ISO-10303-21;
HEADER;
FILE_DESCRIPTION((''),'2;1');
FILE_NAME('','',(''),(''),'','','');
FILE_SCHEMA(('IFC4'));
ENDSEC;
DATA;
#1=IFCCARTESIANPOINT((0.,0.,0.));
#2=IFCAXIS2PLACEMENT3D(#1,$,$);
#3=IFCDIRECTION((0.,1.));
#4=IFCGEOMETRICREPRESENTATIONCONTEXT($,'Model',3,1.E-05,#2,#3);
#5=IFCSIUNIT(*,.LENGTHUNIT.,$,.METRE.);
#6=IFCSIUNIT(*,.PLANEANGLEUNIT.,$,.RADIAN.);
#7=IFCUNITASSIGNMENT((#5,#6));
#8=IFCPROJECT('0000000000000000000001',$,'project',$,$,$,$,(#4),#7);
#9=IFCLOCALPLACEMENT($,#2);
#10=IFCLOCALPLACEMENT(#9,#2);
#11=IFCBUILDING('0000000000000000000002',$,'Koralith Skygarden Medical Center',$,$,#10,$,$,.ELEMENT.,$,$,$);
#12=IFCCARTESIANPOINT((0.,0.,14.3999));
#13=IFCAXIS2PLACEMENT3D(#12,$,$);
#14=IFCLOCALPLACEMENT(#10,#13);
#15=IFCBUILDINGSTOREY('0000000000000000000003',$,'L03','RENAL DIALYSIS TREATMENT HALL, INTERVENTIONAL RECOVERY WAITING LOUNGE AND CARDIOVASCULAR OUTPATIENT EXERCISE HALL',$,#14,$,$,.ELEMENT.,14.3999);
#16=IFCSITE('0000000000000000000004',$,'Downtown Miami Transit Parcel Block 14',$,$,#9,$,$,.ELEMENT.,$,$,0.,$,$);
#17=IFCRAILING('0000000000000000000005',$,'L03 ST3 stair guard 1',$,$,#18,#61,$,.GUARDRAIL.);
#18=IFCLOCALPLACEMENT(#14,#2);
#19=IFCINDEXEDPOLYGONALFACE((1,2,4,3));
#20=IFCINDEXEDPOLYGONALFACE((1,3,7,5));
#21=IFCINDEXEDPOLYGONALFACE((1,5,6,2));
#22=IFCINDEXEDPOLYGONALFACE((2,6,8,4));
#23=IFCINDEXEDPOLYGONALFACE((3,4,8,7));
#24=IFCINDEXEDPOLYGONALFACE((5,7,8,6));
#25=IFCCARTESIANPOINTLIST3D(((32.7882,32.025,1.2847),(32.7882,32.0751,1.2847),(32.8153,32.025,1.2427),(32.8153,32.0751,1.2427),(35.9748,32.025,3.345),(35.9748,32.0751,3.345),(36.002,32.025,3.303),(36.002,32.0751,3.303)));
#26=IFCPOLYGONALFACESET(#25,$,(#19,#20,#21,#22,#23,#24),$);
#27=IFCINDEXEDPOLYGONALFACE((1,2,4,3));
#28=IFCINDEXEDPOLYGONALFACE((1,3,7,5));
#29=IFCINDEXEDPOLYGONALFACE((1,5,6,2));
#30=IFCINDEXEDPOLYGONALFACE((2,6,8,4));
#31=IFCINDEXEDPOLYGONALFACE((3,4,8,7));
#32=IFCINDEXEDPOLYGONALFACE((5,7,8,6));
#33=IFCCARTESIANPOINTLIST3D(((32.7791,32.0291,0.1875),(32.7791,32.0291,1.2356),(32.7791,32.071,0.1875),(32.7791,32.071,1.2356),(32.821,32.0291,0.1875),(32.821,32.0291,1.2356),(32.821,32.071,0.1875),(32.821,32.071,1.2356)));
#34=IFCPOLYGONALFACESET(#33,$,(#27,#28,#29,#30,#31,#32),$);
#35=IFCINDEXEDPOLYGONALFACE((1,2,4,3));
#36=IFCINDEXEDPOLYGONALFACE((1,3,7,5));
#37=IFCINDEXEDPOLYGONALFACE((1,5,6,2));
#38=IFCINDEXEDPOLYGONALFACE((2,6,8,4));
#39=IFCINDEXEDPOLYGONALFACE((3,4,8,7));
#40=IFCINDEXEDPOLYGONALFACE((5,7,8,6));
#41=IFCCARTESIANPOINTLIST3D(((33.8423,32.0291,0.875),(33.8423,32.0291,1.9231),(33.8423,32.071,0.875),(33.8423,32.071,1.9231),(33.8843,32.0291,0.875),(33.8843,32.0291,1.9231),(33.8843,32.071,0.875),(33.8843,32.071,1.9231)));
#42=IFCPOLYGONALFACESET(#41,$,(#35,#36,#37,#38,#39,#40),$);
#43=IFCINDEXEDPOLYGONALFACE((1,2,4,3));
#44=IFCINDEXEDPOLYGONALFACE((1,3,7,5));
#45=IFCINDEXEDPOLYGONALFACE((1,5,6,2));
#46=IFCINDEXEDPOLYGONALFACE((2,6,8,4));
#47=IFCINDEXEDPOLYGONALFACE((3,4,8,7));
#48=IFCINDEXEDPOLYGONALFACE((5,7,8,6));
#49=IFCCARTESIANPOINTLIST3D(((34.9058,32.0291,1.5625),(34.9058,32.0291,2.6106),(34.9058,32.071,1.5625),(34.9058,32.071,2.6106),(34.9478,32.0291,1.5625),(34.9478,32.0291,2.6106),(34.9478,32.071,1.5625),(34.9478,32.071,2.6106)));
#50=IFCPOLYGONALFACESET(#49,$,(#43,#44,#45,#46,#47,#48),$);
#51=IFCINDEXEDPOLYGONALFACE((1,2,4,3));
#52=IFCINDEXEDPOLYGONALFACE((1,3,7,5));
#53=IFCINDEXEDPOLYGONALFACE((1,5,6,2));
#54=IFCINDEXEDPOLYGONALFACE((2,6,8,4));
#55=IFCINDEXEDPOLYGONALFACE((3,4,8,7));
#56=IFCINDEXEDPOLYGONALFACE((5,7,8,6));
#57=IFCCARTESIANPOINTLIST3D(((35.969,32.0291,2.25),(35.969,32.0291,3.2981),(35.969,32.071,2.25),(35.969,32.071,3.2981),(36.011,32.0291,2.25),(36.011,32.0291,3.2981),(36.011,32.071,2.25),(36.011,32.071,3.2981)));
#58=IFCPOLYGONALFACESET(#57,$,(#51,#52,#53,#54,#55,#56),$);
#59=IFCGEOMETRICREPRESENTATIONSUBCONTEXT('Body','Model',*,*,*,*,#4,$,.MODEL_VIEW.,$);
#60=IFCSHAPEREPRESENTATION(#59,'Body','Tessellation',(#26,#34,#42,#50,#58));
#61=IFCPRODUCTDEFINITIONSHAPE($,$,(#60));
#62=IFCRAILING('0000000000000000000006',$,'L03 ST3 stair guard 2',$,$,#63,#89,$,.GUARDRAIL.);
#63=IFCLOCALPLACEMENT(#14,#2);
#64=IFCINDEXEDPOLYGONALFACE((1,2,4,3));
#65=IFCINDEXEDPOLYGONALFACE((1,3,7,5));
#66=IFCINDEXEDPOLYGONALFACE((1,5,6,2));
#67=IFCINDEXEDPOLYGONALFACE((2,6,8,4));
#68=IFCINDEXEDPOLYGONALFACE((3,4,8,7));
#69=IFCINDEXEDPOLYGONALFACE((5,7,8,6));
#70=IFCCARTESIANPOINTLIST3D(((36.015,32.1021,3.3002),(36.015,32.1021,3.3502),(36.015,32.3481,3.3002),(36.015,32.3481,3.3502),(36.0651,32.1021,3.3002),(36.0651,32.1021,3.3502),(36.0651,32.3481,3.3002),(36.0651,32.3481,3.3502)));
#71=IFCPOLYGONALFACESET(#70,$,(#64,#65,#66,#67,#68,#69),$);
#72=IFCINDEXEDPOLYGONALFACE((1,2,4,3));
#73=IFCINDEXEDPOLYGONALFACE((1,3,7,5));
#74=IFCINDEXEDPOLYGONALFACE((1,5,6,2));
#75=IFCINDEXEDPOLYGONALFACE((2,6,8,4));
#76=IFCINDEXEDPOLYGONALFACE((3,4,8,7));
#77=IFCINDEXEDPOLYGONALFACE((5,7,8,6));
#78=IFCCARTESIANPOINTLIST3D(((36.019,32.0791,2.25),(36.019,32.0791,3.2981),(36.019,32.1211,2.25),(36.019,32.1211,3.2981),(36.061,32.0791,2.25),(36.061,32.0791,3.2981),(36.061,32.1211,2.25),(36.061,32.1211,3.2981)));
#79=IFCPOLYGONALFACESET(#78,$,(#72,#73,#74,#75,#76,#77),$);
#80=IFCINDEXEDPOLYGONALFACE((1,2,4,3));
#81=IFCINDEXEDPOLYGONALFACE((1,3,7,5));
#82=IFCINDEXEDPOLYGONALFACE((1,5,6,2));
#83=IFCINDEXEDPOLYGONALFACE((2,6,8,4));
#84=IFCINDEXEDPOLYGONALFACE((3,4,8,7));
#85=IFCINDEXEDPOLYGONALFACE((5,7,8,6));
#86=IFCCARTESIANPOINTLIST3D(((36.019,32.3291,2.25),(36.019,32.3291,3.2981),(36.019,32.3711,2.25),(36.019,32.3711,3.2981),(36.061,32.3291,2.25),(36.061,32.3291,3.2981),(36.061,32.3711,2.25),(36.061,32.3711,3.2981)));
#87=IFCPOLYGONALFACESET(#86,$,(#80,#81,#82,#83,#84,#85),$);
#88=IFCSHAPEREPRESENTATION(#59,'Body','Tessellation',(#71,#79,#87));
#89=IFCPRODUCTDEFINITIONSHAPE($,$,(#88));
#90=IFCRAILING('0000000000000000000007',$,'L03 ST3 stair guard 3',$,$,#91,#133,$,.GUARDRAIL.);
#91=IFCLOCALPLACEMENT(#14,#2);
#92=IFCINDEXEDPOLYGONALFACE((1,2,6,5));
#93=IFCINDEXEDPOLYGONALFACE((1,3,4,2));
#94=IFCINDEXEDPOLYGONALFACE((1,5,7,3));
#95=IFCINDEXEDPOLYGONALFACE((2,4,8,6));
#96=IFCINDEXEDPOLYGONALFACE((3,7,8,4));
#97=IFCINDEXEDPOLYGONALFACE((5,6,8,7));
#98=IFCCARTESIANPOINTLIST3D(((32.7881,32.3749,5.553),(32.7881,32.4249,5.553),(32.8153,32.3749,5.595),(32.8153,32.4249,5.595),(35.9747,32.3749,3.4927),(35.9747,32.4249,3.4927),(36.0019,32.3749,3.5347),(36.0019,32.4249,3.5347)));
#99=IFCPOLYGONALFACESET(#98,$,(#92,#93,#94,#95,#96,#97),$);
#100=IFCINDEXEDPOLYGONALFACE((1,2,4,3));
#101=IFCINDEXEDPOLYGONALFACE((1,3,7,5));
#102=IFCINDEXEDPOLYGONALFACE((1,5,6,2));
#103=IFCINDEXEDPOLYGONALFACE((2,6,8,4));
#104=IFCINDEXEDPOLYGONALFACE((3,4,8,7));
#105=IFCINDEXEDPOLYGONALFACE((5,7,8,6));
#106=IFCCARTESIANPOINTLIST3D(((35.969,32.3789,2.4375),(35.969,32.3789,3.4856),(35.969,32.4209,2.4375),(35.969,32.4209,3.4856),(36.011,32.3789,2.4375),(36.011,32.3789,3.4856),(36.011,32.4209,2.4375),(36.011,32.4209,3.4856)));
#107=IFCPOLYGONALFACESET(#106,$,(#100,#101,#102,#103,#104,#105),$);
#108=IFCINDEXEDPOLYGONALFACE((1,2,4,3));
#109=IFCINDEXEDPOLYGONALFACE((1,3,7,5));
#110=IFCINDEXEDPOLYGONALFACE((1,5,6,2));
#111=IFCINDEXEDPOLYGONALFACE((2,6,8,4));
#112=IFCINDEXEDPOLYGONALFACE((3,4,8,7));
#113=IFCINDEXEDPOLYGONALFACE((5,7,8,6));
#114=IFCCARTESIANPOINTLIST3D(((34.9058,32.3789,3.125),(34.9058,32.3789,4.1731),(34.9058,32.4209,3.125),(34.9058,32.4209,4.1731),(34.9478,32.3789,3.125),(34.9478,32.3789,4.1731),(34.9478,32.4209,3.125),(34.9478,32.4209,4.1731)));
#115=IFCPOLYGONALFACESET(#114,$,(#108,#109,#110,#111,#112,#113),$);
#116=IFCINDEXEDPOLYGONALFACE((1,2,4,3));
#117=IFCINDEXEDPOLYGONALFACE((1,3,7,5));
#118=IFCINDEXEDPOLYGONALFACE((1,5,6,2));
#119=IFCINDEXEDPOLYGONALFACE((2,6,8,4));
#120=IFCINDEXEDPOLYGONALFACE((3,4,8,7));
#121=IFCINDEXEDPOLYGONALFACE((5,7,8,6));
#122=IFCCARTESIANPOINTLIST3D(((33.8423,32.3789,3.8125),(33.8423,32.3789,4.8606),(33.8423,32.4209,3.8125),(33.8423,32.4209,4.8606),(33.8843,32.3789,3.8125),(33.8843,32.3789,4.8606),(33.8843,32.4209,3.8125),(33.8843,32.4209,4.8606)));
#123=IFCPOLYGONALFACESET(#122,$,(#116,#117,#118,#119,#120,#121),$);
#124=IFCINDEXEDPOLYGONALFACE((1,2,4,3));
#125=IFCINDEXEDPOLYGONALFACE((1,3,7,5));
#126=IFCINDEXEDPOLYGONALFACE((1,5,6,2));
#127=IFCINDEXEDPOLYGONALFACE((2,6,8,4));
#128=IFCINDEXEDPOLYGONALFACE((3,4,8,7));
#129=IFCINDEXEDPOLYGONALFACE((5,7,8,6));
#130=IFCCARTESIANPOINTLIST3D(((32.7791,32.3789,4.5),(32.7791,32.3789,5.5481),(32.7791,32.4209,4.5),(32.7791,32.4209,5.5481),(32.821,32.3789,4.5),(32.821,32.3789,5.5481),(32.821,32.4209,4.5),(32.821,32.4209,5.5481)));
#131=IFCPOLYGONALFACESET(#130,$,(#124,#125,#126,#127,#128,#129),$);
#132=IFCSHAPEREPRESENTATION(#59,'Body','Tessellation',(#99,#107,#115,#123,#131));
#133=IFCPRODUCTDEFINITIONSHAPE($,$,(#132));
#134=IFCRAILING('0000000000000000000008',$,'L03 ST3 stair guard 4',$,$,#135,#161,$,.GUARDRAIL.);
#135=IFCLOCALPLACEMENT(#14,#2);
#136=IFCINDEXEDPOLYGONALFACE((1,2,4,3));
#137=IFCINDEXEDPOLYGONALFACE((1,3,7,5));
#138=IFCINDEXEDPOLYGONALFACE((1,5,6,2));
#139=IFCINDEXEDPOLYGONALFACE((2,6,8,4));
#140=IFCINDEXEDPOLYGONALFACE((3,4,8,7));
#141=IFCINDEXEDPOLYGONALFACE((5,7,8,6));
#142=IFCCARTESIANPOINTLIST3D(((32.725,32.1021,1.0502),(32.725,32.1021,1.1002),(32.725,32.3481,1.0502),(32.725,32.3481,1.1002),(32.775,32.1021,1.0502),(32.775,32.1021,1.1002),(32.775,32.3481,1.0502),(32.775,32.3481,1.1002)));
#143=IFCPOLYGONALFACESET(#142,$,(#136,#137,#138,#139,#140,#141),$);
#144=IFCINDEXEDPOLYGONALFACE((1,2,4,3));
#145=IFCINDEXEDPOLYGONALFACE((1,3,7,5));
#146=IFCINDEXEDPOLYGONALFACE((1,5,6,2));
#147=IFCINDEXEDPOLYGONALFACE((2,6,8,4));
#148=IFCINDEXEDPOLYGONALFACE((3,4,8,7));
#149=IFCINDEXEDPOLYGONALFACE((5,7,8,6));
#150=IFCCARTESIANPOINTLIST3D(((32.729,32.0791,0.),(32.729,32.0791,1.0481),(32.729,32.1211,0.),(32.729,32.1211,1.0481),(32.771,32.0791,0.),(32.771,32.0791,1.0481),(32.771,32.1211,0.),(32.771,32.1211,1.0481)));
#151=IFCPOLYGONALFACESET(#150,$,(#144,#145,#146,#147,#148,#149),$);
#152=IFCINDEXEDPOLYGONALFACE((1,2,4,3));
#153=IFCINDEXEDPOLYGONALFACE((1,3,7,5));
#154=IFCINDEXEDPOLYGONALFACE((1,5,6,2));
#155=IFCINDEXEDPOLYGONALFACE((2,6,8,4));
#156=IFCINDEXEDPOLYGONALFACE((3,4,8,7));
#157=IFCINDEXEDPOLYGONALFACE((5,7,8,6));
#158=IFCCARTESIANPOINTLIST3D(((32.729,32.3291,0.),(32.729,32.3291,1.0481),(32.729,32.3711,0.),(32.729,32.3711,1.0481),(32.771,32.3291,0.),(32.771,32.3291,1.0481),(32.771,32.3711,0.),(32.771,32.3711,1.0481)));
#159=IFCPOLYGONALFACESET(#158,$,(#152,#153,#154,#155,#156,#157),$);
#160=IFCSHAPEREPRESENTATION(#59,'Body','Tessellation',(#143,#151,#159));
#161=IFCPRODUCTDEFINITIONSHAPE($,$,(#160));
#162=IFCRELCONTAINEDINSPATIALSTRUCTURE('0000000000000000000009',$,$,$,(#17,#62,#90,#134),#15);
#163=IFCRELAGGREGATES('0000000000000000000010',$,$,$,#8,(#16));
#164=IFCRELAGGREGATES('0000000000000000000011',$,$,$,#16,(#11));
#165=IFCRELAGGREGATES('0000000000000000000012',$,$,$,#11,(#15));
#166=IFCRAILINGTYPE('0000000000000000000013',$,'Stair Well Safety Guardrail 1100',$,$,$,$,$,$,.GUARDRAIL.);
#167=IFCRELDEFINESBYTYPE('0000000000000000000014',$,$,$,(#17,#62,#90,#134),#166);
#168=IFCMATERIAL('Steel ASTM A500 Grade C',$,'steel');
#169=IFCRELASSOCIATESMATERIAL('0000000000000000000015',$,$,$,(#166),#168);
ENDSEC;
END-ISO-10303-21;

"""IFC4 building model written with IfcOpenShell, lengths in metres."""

from ifc_helpers import new_model, si_unit, direction, frame, origin, origin_2d, place, context, subcontext, project, spatial, rectangle, extrude, material, type_object, element, save


model = new_model("IFC4")

# Units and contexts
model_context = context("Model", 3, precision=1e-05, world=origin(), true_north=direction((0.0, 1.0)))
body_context = subcontext(model_context, "Body", "Model", "MODEL_VIEW")
ifc_project = project(units=[si_unit("LENGTHUNIT", "METRE"), si_unit("PLANEANGLEUNIT", "RADIAN")], contexts=[model_context])

# Site, building, storey
site_placement = place(None, origin())
site = spatial("IfcSite", under=ifc_project, at=site_placement, Name="Downtown Miami Transit Parcel Block 14", CompositionType="ELEMENT", RefElevation=0.0)
building_placement = place(site_placement, origin())
building = spatial("IfcBuilding", under=site, at=building_placement, Name="Koralith Skygarden Medical Center", CompositionType="ELEMENT")
storey_placement = place(building_placement, frame((0.0, 0.0, 14.3999)))
storey = spatial("IfcBuildingStorey", under=building, at=storey_placement, Name="L03", Description="RENAL DIALYSIS TREATMENT HALL, INTERVENTIONAL RECOVERY WAITING LOUNGE AND CARDIOVASCULAR OUTPATIENT EXERCISE HALL", CompositionType="ELEMENT", Elevation=14.3999)

# Railings
ifc_material_1 = material(Name="Steel ASTM A500 Grade C", Category="steel")
railing_type_1 = type_object("IfcRailingType", Name="Stair Well Safety Guardrail 1100", PredefinedType="GUARDRAIL", material=ifc_material_1)
railing_1_placement = place(storey_placement, frame((32.8, 32.05, 0.1875)))
element("IfcRailing", 1, at=railing_1_placement, inside=storey, type_object=railing_type_1, Name="L03 ST3 stair guard 1", PredefinedType="GUARDRAIL", context=body_context, shape_type="SweptSolid", body=[
    extrude(rectangle(XDim=0.05, YDim=0.05, at=origin_2d()), frame((0.0017, 0.0, 1.0762), z_axis=(0.83976, 0.0, 0.542958), x_axis=(0.0, 1.0, 0.0)), (0.0, 0.0, 1.0), 3.7947),
    extrude(rectangle(XDim=0.042, YDim=0.042, at=origin_2d()), origin(), (0.0, 0.0, 1.0), 1.0481),
    extrude(rectangle(XDim=0.042, YDim=0.042, at=origin_2d()), frame((1.0632, 0.0, 0.6875)), (0.0, 0.0, 1.0), 1.0481),
    extrude(rectangle(XDim=0.042, YDim=0.042, at=origin_2d()), frame((2.1267, 0.0, 1.375)), (0.0, 0.0, 1.0), 1.0481),
    extrude(rectangle(XDim=0.042, YDim=0.042, at=origin_2d()), frame((3.1899, 0.0, 2.0625)), (0.0, 0.0, 1.0), 1.0481),
])
railing_2_placement = place(storey_placement, frame((36.04, 32.1001, 2.25)))
element("IfcRailing", 2, at=railing_2_placement, inside=storey, type_object=railing_type_1, Name="L03 ST3 stair guard 2", PredefinedType="GUARDRAIL", context=body_context, shape_type="SweptSolid", body=[
    extrude(rectangle(XDim=0.05, YDim=0.05, at=origin_2d()), frame((0.0, 0.002, 1.0752), z_axis=(0.0, 1.0, 0.0), x_axis=(-1.0, 0.0, 0.0)), (0.0, 0.0, 1.0), 0.2461),
    extrude(rectangle(XDim=0.042, YDim=0.042, at=origin_2d()), origin(), (0.0, 0.0, 1.0), 1.0481),
    extrude(rectangle(XDim=0.042, YDim=0.042, at=origin_2d()), frame((0.0, 0.25, 0.0)), (0.0, 0.0, 1.0), 1.0481),
])
railing_3_placement = place(storey_placement, frame((35.99, 32.3999, 2.4375)))
element("IfcRailing", 3, at=railing_3_placement, inside=storey, type_object=railing_type_1, Name="L03 ST3 stair guard 3", PredefinedType="GUARDRAIL", context=body_context, shape_type="SweptSolid", body=[
    extrude(rectangle(XDim=0.05, YDim=0.05, at=origin_2d()), frame((-0.0017, 0.0, 1.0762), z_axis=(-0.83976, 0.0, 0.542958), x_axis=(0.0, -1.0, 0.0)), (0.0, 0.0, 1.0), 3.7947),
    extrude(rectangle(XDim=0.042, YDim=0.042, at=origin_2d()), origin(), (0.0, 0.0, 1.0), 1.0481),
    extrude(rectangle(XDim=0.042, YDim=0.042, at=origin_2d()), frame((-1.0632, 0.0, 0.6875)), (0.0, 0.0, 1.0), 1.0481),
    extrude(rectangle(XDim=0.042, YDim=0.042, at=origin_2d()), frame((-2.1267, 0.0, 1.375)), (0.0, 0.0, 1.0), 1.0481),
    extrude(rectangle(XDim=0.042, YDim=0.042, at=origin_2d()), frame((-3.1899, 0.0, 2.0625)), (0.0, 0.0, 1.0), 1.0481),
])
railing_4_placement = place(storey_placement, frame((32.75, 32.1001, 0.0)))
element("IfcRailing", 4, at=railing_4_placement, inside=storey, type_object=railing_type_1, Name="L03 ST3 stair guard 4", PredefinedType="GUARDRAIL", context=body_context, shape_type="SweptSolid", body=[
    extrude(rectangle(XDim=0.05, YDim=0.05, at=origin_2d()), frame((0.0, 0.002, 1.0752), z_axis=(0.0, 1.0, 0.0), x_axis=(-1.0, 0.0, 0.0)), (0.0, 0.0, 1.0), 0.2461),
    extrude(rectangle(XDim=0.042, YDim=0.042, at=origin_2d()), origin(), (0.0, 0.0, 1.0), 1.0481),
    extrude(rectangle(XDim=0.042, YDim=0.042, at=origin_2d()), frame((0.0, 0.25, 0.0)), (0.0, 0.0, 1.0), 1.0481),
])

save(model, "model.ifc")
